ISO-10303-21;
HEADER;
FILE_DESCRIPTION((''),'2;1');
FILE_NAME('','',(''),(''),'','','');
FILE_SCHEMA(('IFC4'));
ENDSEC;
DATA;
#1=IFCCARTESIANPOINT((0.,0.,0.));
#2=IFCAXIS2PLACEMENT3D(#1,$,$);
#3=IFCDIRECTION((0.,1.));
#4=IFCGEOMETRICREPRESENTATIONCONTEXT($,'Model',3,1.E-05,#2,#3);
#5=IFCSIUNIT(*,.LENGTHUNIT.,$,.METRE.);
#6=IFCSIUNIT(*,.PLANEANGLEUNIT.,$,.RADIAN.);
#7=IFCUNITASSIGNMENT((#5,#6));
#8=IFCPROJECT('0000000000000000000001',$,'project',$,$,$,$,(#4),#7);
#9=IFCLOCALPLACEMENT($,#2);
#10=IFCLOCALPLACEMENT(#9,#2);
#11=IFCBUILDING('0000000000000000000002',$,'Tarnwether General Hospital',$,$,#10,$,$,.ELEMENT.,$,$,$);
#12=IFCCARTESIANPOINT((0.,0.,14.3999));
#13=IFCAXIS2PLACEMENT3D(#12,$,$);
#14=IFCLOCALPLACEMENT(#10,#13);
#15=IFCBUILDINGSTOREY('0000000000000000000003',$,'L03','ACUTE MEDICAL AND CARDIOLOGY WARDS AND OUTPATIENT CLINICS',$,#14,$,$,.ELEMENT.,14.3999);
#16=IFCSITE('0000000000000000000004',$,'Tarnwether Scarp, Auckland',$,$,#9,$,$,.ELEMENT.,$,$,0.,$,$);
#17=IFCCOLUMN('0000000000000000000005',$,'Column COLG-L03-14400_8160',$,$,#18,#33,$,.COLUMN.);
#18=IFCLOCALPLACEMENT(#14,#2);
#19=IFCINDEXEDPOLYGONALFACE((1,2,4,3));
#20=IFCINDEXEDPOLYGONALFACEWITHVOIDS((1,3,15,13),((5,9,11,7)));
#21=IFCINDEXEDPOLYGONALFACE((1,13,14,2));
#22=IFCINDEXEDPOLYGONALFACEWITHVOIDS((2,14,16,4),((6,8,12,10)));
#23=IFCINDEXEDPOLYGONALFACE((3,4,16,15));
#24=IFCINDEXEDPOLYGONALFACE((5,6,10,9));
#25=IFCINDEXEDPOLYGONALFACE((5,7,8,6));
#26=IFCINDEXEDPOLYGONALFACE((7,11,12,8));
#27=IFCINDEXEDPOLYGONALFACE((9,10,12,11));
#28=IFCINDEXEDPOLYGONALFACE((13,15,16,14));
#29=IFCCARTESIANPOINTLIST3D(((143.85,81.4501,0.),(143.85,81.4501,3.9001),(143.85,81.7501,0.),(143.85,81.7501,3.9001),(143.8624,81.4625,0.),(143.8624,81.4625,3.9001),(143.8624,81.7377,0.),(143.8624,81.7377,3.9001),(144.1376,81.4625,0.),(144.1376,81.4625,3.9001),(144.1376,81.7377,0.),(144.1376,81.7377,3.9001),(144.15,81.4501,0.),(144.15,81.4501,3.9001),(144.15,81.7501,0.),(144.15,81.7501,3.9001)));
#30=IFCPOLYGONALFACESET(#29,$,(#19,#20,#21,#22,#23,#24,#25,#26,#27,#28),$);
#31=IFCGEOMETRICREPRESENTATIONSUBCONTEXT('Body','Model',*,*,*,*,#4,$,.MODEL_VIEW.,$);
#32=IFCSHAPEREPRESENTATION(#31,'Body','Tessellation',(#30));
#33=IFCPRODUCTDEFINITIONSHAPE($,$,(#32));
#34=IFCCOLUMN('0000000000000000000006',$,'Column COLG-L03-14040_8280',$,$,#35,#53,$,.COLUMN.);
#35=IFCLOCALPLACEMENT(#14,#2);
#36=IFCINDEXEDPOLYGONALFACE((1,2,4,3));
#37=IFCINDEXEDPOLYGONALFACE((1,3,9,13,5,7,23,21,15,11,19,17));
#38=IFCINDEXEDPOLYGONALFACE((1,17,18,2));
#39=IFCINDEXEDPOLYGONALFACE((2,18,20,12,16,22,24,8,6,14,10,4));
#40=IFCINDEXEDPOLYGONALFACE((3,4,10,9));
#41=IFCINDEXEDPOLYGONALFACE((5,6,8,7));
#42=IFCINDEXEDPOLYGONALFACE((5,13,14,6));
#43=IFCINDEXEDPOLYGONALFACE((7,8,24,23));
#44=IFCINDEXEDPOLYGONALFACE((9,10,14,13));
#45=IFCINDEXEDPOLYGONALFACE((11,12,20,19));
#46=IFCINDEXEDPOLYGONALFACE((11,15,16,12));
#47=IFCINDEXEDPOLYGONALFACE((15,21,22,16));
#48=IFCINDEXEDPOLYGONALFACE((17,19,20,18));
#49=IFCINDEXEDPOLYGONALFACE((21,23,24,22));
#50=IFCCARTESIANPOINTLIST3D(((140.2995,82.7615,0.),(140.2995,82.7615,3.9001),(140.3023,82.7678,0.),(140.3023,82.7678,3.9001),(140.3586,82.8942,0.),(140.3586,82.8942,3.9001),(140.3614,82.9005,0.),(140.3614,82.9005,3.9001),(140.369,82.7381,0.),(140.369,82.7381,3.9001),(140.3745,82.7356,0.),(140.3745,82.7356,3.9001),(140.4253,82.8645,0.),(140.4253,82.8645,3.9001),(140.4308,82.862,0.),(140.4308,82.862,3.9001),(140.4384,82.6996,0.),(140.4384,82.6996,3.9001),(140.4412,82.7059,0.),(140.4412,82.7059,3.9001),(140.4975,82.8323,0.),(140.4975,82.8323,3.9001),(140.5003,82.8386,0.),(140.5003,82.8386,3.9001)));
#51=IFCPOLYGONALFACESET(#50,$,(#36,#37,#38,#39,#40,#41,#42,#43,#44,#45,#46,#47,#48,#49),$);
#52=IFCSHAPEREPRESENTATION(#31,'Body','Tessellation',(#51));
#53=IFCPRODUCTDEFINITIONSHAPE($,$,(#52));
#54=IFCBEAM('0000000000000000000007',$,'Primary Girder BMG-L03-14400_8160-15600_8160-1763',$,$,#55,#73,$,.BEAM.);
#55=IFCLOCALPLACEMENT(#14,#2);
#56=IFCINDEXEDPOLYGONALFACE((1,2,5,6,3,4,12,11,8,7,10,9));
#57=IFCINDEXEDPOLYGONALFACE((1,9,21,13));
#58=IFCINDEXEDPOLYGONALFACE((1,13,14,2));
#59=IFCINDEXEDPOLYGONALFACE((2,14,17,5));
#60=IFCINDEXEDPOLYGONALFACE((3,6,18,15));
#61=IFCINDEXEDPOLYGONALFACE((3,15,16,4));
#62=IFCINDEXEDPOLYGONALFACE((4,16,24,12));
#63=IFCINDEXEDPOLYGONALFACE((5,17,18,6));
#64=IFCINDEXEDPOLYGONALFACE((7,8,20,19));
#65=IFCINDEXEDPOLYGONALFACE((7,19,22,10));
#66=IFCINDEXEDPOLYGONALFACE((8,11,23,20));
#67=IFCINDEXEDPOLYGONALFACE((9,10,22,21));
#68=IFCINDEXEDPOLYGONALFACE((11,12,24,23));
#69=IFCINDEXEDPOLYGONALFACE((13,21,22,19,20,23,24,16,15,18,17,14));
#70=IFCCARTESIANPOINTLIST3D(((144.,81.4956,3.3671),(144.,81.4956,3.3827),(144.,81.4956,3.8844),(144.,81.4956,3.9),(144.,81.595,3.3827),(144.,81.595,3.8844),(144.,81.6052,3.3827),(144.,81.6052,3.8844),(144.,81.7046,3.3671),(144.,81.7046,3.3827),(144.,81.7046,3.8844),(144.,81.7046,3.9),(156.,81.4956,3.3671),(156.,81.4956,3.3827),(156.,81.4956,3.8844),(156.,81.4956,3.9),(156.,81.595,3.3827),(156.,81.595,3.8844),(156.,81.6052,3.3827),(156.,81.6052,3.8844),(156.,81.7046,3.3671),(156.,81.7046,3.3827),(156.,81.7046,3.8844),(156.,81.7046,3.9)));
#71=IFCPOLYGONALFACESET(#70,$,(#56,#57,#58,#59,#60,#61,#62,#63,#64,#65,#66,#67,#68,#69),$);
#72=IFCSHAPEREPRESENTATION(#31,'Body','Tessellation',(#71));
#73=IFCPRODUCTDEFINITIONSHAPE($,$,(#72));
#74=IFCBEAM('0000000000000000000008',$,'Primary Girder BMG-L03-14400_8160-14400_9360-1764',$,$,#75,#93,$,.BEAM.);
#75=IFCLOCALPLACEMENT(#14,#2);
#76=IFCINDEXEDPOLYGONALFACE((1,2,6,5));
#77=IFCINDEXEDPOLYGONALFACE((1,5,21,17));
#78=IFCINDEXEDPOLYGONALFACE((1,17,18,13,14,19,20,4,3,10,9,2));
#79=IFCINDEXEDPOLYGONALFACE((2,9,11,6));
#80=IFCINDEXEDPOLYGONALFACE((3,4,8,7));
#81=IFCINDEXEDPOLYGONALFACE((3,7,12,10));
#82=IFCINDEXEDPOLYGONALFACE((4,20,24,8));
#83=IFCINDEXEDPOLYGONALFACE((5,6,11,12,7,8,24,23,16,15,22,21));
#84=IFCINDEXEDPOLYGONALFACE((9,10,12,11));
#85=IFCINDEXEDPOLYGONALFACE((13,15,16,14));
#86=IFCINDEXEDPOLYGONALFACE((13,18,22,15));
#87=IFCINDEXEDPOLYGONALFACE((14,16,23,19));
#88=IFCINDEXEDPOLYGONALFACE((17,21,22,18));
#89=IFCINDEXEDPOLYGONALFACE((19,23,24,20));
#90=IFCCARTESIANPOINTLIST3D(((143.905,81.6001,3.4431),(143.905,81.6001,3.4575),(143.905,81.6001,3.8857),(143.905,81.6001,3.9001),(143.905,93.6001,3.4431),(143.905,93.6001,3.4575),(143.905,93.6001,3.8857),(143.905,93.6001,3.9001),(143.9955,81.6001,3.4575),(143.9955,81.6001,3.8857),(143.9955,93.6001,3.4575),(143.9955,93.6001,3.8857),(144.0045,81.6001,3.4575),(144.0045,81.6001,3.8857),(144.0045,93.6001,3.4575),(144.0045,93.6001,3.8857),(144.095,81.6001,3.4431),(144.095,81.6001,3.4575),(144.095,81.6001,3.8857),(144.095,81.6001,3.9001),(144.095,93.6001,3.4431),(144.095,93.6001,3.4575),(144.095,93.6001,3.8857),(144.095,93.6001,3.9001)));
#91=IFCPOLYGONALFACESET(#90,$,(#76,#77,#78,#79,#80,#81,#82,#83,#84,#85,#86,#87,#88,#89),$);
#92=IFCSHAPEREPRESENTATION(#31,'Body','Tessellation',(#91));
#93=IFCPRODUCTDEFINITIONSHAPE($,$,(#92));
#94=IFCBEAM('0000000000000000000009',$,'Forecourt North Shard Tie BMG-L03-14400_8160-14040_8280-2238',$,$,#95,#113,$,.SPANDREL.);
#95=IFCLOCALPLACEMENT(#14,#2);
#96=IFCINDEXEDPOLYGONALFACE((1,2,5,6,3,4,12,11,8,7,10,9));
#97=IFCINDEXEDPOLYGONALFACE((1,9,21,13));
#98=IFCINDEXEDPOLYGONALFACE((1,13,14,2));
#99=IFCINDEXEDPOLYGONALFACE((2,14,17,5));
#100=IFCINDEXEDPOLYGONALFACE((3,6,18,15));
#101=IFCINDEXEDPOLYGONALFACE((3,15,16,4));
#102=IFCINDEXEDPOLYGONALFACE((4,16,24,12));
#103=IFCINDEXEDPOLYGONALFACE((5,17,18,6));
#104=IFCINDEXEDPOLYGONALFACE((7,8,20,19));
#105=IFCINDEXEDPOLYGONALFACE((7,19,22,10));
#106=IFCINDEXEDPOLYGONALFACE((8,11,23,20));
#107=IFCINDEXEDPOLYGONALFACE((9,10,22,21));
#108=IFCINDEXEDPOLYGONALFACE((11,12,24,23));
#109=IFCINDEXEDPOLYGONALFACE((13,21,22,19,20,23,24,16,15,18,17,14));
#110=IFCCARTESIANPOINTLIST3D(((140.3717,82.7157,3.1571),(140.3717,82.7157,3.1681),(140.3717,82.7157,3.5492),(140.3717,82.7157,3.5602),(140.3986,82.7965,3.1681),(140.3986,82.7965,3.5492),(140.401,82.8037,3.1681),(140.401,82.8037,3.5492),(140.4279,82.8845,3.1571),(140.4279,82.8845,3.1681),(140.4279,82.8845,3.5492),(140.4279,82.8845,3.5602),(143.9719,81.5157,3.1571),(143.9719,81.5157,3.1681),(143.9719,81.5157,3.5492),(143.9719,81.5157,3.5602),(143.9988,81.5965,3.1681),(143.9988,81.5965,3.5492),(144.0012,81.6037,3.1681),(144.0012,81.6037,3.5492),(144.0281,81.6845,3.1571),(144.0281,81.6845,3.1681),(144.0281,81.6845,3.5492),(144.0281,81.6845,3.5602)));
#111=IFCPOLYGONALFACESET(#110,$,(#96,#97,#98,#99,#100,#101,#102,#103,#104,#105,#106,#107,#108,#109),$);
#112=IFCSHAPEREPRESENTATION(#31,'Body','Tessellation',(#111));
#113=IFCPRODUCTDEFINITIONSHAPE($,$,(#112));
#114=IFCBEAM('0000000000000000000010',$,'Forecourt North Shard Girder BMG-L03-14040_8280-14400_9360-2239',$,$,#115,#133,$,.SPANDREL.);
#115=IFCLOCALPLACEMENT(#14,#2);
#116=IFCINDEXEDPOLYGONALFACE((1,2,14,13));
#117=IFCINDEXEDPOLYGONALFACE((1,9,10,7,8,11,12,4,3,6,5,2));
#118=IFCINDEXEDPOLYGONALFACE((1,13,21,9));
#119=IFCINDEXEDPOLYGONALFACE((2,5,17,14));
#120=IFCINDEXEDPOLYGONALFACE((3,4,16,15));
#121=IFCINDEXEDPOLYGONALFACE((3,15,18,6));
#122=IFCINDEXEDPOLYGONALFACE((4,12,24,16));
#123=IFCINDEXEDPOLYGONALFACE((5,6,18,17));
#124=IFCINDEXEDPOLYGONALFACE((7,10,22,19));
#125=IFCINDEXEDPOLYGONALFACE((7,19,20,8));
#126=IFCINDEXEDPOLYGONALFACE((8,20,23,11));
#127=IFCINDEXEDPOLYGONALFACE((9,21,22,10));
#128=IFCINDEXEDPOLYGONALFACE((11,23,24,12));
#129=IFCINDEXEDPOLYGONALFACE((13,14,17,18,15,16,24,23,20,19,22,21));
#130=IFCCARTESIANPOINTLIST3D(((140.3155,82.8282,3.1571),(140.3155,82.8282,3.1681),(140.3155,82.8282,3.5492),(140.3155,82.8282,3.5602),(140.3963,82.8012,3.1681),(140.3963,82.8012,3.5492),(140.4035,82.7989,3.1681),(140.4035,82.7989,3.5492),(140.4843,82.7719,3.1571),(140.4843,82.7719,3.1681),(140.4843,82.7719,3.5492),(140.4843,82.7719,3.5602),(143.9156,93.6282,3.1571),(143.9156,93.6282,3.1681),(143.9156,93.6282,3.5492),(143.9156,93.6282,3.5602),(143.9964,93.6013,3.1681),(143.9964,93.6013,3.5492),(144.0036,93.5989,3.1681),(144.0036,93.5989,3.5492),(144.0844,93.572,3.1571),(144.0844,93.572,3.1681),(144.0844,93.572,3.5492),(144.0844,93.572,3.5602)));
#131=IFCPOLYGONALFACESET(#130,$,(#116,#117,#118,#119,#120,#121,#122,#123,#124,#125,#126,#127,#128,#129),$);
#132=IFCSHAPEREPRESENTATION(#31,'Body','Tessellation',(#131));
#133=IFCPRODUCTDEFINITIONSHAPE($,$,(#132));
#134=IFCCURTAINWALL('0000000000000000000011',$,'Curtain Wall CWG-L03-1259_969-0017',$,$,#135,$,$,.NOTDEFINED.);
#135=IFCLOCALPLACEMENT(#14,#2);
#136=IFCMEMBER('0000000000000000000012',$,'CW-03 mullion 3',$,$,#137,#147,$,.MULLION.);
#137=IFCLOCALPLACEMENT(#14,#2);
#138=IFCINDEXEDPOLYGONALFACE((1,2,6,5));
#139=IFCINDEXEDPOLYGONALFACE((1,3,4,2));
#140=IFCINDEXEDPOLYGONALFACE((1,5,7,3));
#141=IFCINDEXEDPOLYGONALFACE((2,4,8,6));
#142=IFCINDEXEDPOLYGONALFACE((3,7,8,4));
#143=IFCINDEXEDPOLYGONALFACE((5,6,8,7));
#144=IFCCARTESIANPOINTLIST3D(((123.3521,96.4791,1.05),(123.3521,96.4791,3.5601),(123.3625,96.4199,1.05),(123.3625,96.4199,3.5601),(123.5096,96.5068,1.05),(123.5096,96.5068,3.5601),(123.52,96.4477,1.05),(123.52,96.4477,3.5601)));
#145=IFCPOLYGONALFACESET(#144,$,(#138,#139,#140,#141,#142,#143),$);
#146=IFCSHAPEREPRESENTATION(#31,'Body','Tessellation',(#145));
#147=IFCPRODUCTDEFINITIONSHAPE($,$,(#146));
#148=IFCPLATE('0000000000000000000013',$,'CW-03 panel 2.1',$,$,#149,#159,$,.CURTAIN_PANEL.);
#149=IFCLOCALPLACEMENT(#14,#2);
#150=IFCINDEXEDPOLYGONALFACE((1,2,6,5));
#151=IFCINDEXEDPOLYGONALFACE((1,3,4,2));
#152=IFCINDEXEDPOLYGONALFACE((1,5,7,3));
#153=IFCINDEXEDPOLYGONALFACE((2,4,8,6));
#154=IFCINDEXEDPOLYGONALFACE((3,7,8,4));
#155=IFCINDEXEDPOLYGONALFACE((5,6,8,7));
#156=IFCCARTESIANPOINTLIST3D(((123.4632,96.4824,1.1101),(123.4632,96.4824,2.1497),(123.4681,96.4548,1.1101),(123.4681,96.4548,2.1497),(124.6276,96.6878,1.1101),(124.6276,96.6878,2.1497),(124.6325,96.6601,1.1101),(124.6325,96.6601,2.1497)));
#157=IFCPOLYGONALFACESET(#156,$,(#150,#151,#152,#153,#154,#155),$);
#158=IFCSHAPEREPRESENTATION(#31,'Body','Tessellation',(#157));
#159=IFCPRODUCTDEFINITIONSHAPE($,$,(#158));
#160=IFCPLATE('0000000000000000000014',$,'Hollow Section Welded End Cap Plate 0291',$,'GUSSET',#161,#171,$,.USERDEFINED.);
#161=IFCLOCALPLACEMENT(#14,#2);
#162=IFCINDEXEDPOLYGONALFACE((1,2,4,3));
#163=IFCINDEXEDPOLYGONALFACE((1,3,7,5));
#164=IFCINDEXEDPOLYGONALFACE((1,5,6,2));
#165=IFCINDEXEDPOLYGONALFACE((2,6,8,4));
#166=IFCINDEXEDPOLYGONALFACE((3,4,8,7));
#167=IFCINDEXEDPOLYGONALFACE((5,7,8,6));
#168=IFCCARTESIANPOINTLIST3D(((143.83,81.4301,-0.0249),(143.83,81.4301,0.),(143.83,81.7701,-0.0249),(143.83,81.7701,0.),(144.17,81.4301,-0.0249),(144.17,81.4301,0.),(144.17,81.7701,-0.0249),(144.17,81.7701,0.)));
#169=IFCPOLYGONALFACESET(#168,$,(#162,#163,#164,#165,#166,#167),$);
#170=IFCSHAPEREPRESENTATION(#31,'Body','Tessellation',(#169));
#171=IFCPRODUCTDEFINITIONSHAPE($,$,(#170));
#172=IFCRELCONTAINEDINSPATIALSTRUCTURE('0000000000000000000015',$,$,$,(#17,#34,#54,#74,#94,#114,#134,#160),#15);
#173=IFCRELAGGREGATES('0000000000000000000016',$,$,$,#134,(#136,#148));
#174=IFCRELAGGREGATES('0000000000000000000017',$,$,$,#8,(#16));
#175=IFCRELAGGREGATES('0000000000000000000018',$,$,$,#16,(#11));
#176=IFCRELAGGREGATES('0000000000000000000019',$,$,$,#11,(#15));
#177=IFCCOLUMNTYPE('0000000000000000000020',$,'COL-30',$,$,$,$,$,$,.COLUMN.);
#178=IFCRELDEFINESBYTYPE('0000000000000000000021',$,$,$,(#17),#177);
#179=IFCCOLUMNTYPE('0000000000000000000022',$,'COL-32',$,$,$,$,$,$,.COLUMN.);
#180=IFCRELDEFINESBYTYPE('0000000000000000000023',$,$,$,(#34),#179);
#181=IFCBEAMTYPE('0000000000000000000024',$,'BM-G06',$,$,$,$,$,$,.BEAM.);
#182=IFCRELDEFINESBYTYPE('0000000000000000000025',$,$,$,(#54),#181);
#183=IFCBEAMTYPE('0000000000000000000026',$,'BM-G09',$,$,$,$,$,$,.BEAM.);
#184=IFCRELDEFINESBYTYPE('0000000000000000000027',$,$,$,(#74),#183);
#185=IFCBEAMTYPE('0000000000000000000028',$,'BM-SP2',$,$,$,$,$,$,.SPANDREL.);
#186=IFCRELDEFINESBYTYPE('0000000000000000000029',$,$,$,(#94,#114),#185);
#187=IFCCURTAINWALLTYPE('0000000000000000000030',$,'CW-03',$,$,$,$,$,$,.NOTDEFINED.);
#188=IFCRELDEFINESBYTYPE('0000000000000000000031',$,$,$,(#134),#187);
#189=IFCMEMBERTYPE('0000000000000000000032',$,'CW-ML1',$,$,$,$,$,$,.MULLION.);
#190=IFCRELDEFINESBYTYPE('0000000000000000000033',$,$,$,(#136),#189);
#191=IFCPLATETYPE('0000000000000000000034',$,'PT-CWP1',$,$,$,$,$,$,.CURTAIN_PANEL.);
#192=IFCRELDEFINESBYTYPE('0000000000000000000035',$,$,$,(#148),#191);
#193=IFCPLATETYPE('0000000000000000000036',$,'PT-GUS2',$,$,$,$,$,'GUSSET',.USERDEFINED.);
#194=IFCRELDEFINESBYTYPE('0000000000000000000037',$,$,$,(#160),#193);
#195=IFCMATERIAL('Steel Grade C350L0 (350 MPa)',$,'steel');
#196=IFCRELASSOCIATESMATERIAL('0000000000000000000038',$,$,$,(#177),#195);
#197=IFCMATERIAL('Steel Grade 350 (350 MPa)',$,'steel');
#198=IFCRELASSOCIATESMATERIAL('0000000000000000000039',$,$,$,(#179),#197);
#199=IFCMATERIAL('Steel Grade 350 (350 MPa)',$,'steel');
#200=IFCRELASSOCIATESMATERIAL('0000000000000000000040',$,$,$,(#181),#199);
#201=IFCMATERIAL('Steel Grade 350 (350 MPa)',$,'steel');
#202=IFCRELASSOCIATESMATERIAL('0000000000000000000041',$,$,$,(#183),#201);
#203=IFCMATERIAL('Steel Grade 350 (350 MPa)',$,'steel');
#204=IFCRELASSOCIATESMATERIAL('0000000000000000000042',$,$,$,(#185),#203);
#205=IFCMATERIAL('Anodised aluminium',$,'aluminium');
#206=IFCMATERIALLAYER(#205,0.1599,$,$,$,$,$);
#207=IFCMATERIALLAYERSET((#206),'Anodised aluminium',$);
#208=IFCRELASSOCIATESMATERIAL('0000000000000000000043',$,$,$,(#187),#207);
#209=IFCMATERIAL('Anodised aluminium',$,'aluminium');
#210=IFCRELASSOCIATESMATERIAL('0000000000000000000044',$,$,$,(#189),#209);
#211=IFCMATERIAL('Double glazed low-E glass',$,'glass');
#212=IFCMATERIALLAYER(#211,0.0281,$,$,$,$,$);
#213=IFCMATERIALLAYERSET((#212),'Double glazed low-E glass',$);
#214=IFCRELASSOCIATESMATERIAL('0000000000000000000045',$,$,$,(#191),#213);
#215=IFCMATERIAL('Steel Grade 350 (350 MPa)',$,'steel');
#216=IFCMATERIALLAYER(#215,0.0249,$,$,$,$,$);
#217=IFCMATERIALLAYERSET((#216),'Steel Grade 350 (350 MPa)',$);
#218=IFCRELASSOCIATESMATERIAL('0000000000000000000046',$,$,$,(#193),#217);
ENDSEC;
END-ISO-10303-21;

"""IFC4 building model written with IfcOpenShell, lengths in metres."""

from ifc_helpers import new_model, si_unit, direction, frame, origin, origin_2d, place, context, subcontext, project, spatial, rectangle, hollow_rectangle, i_section, extrude, material, layer, layer_set, material_profile, profile_set, type_object, element, aggregate, save


model = new_model("IFC4")

# Units and contexts
model_context = context("Model", 3, precision=1e-05, world=origin(), true_north=direction((0.0, 1.0)))
body_context = subcontext(model_context, "Body", "Model", "MODEL_VIEW")
ifc_project = project(units=[si_unit("LENGTHUNIT", "METRE"), si_unit("PLANEANGLEUNIT", "RADIAN")], contexts=[model_context])

# Site, building, storey
site_placement = place(None, origin())
site = spatial("IfcSite", under=ifc_project, at=site_placement, Name="Tarnwether Scarp, Auckland", CompositionType="ELEMENT", RefElevation=0.0)
building_placement = place(site_placement, origin())
building = spatial("IfcBuilding", under=site, at=building_placement, Name="Tarnwether General Hospital", CompositionType="ELEMENT")
storey_placement = place(building_placement, frame((0.0, 0.0, 14.3999)))
storey = spatial("IfcBuildingStorey", under=building, at=storey_placement, Name="L03", Description="ACUTE MEDICAL AND CARDIOLOGY WARDS AND OUTPATIENT CLINICS", CompositionType="ELEMENT", Elevation=14.3999)

# Columns
ifc_material_1 = material(Name="Steel Grade C350L0 (350 MPa)", Category="steel")
ifc_material_profile_1 = material_profile(ifc_material_1, hollow_rectangle(XDim=0.3, YDim=0.3, WallThickness=0.0125, at=origin_2d()), Name="SHS300x300x12.5")
ifc_profile_set_1 = profile_set([ifc_material_profile_1], Name="Steel Grade C350L0 (350 MPa)")
column_type_1 = type_object("IfcColumnType", Name="COL-30", PredefinedType="COLUMN", material=ifc_profile_set_1)
column_1_placement = place(storey_placement, frame((144.0, 81.6001, 0.0), z_axis=(0.0, 0.0, 1.0), x_axis=(1.0, 0.0, 0.0)))
element("IfcColumn", 1, at=column_1_placement, inside=storey, type_object=column_type_1, Name="Column COLG-L03-14400_8160", PredefinedType="COLUMN", context=body_context, shape_type="SweptSolid", body=[
    extrude(hollow_rectangle(XDim=0.3, YDim=0.3, WallThickness=0.0125, at=origin_2d()), origin(), (0.0, 0.0, 1.0), 3.9001),
])
ifc_material_2 = material(Name="Steel Grade 350 (350 MPa)", Category="steel")
ifc_material_profile_2 = material_profile(ifc_material_2, i_section(OverallWidth=0.1521, OverallDepth=0.1521, WebThickness=0.0061, FlangeThickness=0.0068, at=origin_2d()), Name="150UC23.4")
ifc_profile_set_2 = profile_set([ifc_material_profile_2], Name="Steel Grade 350 (350 MPa)")
column_type_2 = type_object("IfcColumnType", Name="COL-32", PredefinedType="COLUMN", material=ifc_profile_set_2)
column_2_placement = place(storey_placement, frame((140.3999, 82.8, 0.0), z_axis=(0.0, 0.0, 1.0), x_axis=(0.913545, -0.406737, 0.0)))
element("IfcColumn", 2, at=column_2_placement, inside=storey, type_object=column_type_2, Name="Column COLG-L03-14040_8280", PredefinedType="COLUMN", context=body_context, shape_type="SweptSolid", body=[
    extrude(i_section(OverallWidth=0.1521, OverallDepth=0.1521, WebThickness=0.0061, FlangeThickness=0.0068, at=origin_2d()), origin(), (0.0, 0.0, 1.0), 3.9001),
])

# Beams
ifc_material_3 = material(Name="Steel Grade 350 (350 MPa)", Category="steel")
ifc_material_profile_3 = material_profile(ifc_material_3, i_section(OverallWidth=0.209, OverallDepth=0.533, WebThickness=0.0103, FlangeThickness=0.0156, at=origin_2d()), Name="530UB92.4")
ifc_profile_set_3 = profile_set([ifc_material_profile_3], Name="Steel Grade 350 (350 MPa)")
beam_type_1 = type_object("IfcBeamType", Name="BM-G06", PredefinedType="BEAM", material=ifc_profile_set_3)
beam_1_placement = place(storey_placement, frame((144.0, 81.6001, 3.6335), z_axis=(1.0, 0.0, 0.0), x_axis=(0.0, 1.0, 0.0)))
element("IfcBeam", 3, at=beam_1_placement, inside=storey, type_object=beam_type_1, Name="Primary Girder BMG-L03-14400_8160-15600_8160-1763", PredefinedType="BEAM", context=body_context, shape_type="SweptSolid", body=[
    extrude(i_section(OverallWidth=0.209, OverallDepth=0.533, WebThickness=0.0103, FlangeThickness=0.0156, at=origin_2d()), origin(), (0.0, 0.0, 1.0), 12.0),
])
ifc_material_4 = material(Name="Steel Grade 350 (350 MPa)", Category="steel")
ifc_material_profile_4 = material_profile(ifc_material_4, i_section(OverallWidth=0.1899, OverallDepth=0.457, WebThickness=0.009, FlangeThickness=0.0144, at=origin_2d()), Name="460UB74.6")
ifc_profile_set_4 = profile_set([ifc_material_profile_4], Name="Steel Grade 350 (350 MPa)")
beam_type_2 = type_object("IfcBeamType", Name="BM-G09", PredefinedType="BEAM", material=ifc_profile_set_4)
beam_2_placement = place(storey_placement, frame((144.0, 81.6001, 3.6716), z_axis=(0.0, 1.0, 0.0), x_axis=(-1.0, 0.0, 0.0)))
element("IfcBeam", 4, at=beam_2_placement, inside=storey, type_object=beam_type_2, Name="Primary Girder BMG-L03-14400_8160-14400_9360-1764", PredefinedType="BEAM", context=body_context, shape_type="SweptSolid", body=[
    extrude(i_section(OverallWidth=0.1899, OverallDepth=0.457, WebThickness=0.009, FlangeThickness=0.0144, at=origin_2d()), origin(), (0.0, 0.0, 1.0), 12.0),
])
ifc_material_5 = material(Name="Steel Grade 350 (350 MPa)", Category="steel")
ifc_material_profile_5 = material_profile(ifc_material_5, i_section(OverallWidth=0.178, OverallDepth=0.4031, WebThickness=0.0076, FlangeThickness=0.011, at=origin_2d()), Name="410UB53.7")
ifc_profile_set_5 = profile_set([ifc_material_profile_5], Name="Steel Grade 350 (350 MPa)")
beam_type_3 = type_object("IfcBeamType", Name="BM-SP2", PredefinedType="SPANDREL", material=ifc_profile_set_5)
beam_3_placement = place(storey_placement, frame((144.0, 81.6001, 3.3586), z_axis=(-0.94869, 0.316208, 0.0), x_axis=(-0.316208, -0.94869, 0.0)))
element("IfcBeam", 5, at=beam_3_placement, inside=storey, type_object=beam_type_3, Name="Forecourt North Shard Tie BMG-L03-14400_8160-14040_8280-2238", PredefinedType="SPANDREL", context=body_context, shape_type="SweptSolid", body=[
    extrude(i_section(OverallWidth=0.178, OverallDepth=0.4031, WebThickness=0.0076, FlangeThickness=0.011, at=origin_2d()), origin(), (0.0, 0.0, 1.0), 3.7949),
])
beam_4_placement = place(storey_placement, frame((140.3999, 82.8, 3.3586), z_axis=(0.316234, 0.948681, 0.0), x_axis=(-0.948681, 0.316234, 0.0)))
element("IfcBeam", 6, at=beam_4_placement, inside=storey, type_object=beam_type_3, Name="Forecourt North Shard Girder BMG-L03-14040_8280-14400_9360-2239", PredefinedType="SPANDREL", context=body_context, shape_type="SweptSolid", body=[
    extrude(i_section(OverallWidth=0.178, OverallDepth=0.4031, WebThickness=0.0076, FlangeThickness=0.011, at=origin_2d()), origin(), (0.0, 0.0, 1.0), 11.3843),
])

# Curtain wall, member, plate
ifc_material_6 = material(Name="Anodised aluminium", Category="aluminium")
ifc_layer_1 = layer(ifc_material_6, 0.1599)
ifc_layer_set_1 = layer_set([ifc_layer_1], Name="Anodised aluminium")
curtain_wall_type = type_object("IfcCurtainWallType", Name="CW-03", PredefinedType="NOTDEFINED", material=ifc_layer_set_1)
curtain_wall_placement = place(storey_placement, origin())
curtain_wall = element("IfcCurtainWall", 7, at=curtain_wall_placement, inside=storey, type_object=curtain_wall_type, Name="Curtain Wall CWG-L03-1259_969-0017", PredefinedType="NOTDEFINED")
ifc_material_7 = material(Name="Anodised aluminium", Category="aluminium")
ifc_material_profile_6 = material_profile(ifc_material_7, rectangle(XDim=0.0601, YDim=0.1599, at=origin_2d()), Name="ALU-MUL-60x160")
ifc_profile_set_6 = profile_set([ifc_material_profile_6], Name="Anodised aluminium")
member_type = type_object("IfcMemberType", Name="CW-ML1", PredefinedType="MULLION", material=ifc_profile_set_6)
member_placement = place(storey_placement, frame((123.436, 96.4634, 1.05), z_axis=(0.0, 0.0, 1.0), x_axis=(0.173659, -0.984806, 0.0)))
member = element("IfcMember", 8, at=member_placement, type_object=member_type, Name="CW-03 mullion 3", PredefinedType="MULLION", context=body_context, shape_type="SweptSolid", body=[
    extrude(rectangle(XDim=0.0601, YDim=0.1599, at=origin_2d()), origin(), (0.0, 0.0, 1.0), 2.51),
])
ifc_material_8 = material(Name="Double glazed low-E glass", Category="glass")
ifc_layer_2 = layer(ifc_material_8, 0.0281)
ifc_layer_set_2 = layer_set([ifc_layer_2], Name="Double glazed low-E glass")
plate_type_1 = type_object("IfcPlateType", Name="PT-CWP1", PredefinedType="CURTAIN_PANEL", material=ifc_layer_set_2)
plate_placement = place(storey_placement, frame((124.0479, 96.5713, 1.1101), z_axis=(0.0, 0.0, 1.0), x_axis=(-0.984806, -0.173659, 0.0)))
plate = element("IfcPlate", 9, at=plate_placement, type_object=plate_type_1, Name="CW-03 panel 2.1", PredefinedType="CURTAIN_PANEL", context=body_context, shape_type="SweptSolid", body=[
    extrude(rectangle(XDim=1.1824, YDim=0.0281, at=origin_2d()), origin(), (0.0, 0.0, 1.0), 1.0396),
])
aggregate(curtain_wall, [member, plate])

# Plate
ifc_material_9 = material(Name="Steel Grade 350 (350 MPa)", Category="steel")
ifc_layer_3 = layer(ifc_material_9, 0.0249)
ifc_layer_set_3 = layer_set([ifc_layer_3], Name="Steel Grade 350 (350 MPa)")
plate_type_2 = type_object("IfcPlateType", Name="PT-GUS2", ElementType="GUSSET", PredefinedType="USERDEFINED", material=ifc_layer_set_3)
for number, where, z_axis, x_axis, name in (
    (10, (144.0, 81.6001, -0.0249), (0.0, 0.0, 1.0), (1.0, 0.0, 0.0), "Hollow Section Welded End Cap Plate 0291"),
):
    element("IfcPlate", number, at=place(storey_placement, frame(where, z_axis=z_axis, x_axis=x_axis)), inside=storey, type_object=plate_type_2, Name=name, ObjectType="GUSSET", PredefinedType="USERDEFINED", context=body_context, shape_type="SweptSolid", body=[
        extrude(rectangle(XDim=0.3401, YDim=0.3401, at=origin_2d()), origin(), (0.0, 0.0, 1.0), 0.0249),
    ])

save(model, "model.ifc")
